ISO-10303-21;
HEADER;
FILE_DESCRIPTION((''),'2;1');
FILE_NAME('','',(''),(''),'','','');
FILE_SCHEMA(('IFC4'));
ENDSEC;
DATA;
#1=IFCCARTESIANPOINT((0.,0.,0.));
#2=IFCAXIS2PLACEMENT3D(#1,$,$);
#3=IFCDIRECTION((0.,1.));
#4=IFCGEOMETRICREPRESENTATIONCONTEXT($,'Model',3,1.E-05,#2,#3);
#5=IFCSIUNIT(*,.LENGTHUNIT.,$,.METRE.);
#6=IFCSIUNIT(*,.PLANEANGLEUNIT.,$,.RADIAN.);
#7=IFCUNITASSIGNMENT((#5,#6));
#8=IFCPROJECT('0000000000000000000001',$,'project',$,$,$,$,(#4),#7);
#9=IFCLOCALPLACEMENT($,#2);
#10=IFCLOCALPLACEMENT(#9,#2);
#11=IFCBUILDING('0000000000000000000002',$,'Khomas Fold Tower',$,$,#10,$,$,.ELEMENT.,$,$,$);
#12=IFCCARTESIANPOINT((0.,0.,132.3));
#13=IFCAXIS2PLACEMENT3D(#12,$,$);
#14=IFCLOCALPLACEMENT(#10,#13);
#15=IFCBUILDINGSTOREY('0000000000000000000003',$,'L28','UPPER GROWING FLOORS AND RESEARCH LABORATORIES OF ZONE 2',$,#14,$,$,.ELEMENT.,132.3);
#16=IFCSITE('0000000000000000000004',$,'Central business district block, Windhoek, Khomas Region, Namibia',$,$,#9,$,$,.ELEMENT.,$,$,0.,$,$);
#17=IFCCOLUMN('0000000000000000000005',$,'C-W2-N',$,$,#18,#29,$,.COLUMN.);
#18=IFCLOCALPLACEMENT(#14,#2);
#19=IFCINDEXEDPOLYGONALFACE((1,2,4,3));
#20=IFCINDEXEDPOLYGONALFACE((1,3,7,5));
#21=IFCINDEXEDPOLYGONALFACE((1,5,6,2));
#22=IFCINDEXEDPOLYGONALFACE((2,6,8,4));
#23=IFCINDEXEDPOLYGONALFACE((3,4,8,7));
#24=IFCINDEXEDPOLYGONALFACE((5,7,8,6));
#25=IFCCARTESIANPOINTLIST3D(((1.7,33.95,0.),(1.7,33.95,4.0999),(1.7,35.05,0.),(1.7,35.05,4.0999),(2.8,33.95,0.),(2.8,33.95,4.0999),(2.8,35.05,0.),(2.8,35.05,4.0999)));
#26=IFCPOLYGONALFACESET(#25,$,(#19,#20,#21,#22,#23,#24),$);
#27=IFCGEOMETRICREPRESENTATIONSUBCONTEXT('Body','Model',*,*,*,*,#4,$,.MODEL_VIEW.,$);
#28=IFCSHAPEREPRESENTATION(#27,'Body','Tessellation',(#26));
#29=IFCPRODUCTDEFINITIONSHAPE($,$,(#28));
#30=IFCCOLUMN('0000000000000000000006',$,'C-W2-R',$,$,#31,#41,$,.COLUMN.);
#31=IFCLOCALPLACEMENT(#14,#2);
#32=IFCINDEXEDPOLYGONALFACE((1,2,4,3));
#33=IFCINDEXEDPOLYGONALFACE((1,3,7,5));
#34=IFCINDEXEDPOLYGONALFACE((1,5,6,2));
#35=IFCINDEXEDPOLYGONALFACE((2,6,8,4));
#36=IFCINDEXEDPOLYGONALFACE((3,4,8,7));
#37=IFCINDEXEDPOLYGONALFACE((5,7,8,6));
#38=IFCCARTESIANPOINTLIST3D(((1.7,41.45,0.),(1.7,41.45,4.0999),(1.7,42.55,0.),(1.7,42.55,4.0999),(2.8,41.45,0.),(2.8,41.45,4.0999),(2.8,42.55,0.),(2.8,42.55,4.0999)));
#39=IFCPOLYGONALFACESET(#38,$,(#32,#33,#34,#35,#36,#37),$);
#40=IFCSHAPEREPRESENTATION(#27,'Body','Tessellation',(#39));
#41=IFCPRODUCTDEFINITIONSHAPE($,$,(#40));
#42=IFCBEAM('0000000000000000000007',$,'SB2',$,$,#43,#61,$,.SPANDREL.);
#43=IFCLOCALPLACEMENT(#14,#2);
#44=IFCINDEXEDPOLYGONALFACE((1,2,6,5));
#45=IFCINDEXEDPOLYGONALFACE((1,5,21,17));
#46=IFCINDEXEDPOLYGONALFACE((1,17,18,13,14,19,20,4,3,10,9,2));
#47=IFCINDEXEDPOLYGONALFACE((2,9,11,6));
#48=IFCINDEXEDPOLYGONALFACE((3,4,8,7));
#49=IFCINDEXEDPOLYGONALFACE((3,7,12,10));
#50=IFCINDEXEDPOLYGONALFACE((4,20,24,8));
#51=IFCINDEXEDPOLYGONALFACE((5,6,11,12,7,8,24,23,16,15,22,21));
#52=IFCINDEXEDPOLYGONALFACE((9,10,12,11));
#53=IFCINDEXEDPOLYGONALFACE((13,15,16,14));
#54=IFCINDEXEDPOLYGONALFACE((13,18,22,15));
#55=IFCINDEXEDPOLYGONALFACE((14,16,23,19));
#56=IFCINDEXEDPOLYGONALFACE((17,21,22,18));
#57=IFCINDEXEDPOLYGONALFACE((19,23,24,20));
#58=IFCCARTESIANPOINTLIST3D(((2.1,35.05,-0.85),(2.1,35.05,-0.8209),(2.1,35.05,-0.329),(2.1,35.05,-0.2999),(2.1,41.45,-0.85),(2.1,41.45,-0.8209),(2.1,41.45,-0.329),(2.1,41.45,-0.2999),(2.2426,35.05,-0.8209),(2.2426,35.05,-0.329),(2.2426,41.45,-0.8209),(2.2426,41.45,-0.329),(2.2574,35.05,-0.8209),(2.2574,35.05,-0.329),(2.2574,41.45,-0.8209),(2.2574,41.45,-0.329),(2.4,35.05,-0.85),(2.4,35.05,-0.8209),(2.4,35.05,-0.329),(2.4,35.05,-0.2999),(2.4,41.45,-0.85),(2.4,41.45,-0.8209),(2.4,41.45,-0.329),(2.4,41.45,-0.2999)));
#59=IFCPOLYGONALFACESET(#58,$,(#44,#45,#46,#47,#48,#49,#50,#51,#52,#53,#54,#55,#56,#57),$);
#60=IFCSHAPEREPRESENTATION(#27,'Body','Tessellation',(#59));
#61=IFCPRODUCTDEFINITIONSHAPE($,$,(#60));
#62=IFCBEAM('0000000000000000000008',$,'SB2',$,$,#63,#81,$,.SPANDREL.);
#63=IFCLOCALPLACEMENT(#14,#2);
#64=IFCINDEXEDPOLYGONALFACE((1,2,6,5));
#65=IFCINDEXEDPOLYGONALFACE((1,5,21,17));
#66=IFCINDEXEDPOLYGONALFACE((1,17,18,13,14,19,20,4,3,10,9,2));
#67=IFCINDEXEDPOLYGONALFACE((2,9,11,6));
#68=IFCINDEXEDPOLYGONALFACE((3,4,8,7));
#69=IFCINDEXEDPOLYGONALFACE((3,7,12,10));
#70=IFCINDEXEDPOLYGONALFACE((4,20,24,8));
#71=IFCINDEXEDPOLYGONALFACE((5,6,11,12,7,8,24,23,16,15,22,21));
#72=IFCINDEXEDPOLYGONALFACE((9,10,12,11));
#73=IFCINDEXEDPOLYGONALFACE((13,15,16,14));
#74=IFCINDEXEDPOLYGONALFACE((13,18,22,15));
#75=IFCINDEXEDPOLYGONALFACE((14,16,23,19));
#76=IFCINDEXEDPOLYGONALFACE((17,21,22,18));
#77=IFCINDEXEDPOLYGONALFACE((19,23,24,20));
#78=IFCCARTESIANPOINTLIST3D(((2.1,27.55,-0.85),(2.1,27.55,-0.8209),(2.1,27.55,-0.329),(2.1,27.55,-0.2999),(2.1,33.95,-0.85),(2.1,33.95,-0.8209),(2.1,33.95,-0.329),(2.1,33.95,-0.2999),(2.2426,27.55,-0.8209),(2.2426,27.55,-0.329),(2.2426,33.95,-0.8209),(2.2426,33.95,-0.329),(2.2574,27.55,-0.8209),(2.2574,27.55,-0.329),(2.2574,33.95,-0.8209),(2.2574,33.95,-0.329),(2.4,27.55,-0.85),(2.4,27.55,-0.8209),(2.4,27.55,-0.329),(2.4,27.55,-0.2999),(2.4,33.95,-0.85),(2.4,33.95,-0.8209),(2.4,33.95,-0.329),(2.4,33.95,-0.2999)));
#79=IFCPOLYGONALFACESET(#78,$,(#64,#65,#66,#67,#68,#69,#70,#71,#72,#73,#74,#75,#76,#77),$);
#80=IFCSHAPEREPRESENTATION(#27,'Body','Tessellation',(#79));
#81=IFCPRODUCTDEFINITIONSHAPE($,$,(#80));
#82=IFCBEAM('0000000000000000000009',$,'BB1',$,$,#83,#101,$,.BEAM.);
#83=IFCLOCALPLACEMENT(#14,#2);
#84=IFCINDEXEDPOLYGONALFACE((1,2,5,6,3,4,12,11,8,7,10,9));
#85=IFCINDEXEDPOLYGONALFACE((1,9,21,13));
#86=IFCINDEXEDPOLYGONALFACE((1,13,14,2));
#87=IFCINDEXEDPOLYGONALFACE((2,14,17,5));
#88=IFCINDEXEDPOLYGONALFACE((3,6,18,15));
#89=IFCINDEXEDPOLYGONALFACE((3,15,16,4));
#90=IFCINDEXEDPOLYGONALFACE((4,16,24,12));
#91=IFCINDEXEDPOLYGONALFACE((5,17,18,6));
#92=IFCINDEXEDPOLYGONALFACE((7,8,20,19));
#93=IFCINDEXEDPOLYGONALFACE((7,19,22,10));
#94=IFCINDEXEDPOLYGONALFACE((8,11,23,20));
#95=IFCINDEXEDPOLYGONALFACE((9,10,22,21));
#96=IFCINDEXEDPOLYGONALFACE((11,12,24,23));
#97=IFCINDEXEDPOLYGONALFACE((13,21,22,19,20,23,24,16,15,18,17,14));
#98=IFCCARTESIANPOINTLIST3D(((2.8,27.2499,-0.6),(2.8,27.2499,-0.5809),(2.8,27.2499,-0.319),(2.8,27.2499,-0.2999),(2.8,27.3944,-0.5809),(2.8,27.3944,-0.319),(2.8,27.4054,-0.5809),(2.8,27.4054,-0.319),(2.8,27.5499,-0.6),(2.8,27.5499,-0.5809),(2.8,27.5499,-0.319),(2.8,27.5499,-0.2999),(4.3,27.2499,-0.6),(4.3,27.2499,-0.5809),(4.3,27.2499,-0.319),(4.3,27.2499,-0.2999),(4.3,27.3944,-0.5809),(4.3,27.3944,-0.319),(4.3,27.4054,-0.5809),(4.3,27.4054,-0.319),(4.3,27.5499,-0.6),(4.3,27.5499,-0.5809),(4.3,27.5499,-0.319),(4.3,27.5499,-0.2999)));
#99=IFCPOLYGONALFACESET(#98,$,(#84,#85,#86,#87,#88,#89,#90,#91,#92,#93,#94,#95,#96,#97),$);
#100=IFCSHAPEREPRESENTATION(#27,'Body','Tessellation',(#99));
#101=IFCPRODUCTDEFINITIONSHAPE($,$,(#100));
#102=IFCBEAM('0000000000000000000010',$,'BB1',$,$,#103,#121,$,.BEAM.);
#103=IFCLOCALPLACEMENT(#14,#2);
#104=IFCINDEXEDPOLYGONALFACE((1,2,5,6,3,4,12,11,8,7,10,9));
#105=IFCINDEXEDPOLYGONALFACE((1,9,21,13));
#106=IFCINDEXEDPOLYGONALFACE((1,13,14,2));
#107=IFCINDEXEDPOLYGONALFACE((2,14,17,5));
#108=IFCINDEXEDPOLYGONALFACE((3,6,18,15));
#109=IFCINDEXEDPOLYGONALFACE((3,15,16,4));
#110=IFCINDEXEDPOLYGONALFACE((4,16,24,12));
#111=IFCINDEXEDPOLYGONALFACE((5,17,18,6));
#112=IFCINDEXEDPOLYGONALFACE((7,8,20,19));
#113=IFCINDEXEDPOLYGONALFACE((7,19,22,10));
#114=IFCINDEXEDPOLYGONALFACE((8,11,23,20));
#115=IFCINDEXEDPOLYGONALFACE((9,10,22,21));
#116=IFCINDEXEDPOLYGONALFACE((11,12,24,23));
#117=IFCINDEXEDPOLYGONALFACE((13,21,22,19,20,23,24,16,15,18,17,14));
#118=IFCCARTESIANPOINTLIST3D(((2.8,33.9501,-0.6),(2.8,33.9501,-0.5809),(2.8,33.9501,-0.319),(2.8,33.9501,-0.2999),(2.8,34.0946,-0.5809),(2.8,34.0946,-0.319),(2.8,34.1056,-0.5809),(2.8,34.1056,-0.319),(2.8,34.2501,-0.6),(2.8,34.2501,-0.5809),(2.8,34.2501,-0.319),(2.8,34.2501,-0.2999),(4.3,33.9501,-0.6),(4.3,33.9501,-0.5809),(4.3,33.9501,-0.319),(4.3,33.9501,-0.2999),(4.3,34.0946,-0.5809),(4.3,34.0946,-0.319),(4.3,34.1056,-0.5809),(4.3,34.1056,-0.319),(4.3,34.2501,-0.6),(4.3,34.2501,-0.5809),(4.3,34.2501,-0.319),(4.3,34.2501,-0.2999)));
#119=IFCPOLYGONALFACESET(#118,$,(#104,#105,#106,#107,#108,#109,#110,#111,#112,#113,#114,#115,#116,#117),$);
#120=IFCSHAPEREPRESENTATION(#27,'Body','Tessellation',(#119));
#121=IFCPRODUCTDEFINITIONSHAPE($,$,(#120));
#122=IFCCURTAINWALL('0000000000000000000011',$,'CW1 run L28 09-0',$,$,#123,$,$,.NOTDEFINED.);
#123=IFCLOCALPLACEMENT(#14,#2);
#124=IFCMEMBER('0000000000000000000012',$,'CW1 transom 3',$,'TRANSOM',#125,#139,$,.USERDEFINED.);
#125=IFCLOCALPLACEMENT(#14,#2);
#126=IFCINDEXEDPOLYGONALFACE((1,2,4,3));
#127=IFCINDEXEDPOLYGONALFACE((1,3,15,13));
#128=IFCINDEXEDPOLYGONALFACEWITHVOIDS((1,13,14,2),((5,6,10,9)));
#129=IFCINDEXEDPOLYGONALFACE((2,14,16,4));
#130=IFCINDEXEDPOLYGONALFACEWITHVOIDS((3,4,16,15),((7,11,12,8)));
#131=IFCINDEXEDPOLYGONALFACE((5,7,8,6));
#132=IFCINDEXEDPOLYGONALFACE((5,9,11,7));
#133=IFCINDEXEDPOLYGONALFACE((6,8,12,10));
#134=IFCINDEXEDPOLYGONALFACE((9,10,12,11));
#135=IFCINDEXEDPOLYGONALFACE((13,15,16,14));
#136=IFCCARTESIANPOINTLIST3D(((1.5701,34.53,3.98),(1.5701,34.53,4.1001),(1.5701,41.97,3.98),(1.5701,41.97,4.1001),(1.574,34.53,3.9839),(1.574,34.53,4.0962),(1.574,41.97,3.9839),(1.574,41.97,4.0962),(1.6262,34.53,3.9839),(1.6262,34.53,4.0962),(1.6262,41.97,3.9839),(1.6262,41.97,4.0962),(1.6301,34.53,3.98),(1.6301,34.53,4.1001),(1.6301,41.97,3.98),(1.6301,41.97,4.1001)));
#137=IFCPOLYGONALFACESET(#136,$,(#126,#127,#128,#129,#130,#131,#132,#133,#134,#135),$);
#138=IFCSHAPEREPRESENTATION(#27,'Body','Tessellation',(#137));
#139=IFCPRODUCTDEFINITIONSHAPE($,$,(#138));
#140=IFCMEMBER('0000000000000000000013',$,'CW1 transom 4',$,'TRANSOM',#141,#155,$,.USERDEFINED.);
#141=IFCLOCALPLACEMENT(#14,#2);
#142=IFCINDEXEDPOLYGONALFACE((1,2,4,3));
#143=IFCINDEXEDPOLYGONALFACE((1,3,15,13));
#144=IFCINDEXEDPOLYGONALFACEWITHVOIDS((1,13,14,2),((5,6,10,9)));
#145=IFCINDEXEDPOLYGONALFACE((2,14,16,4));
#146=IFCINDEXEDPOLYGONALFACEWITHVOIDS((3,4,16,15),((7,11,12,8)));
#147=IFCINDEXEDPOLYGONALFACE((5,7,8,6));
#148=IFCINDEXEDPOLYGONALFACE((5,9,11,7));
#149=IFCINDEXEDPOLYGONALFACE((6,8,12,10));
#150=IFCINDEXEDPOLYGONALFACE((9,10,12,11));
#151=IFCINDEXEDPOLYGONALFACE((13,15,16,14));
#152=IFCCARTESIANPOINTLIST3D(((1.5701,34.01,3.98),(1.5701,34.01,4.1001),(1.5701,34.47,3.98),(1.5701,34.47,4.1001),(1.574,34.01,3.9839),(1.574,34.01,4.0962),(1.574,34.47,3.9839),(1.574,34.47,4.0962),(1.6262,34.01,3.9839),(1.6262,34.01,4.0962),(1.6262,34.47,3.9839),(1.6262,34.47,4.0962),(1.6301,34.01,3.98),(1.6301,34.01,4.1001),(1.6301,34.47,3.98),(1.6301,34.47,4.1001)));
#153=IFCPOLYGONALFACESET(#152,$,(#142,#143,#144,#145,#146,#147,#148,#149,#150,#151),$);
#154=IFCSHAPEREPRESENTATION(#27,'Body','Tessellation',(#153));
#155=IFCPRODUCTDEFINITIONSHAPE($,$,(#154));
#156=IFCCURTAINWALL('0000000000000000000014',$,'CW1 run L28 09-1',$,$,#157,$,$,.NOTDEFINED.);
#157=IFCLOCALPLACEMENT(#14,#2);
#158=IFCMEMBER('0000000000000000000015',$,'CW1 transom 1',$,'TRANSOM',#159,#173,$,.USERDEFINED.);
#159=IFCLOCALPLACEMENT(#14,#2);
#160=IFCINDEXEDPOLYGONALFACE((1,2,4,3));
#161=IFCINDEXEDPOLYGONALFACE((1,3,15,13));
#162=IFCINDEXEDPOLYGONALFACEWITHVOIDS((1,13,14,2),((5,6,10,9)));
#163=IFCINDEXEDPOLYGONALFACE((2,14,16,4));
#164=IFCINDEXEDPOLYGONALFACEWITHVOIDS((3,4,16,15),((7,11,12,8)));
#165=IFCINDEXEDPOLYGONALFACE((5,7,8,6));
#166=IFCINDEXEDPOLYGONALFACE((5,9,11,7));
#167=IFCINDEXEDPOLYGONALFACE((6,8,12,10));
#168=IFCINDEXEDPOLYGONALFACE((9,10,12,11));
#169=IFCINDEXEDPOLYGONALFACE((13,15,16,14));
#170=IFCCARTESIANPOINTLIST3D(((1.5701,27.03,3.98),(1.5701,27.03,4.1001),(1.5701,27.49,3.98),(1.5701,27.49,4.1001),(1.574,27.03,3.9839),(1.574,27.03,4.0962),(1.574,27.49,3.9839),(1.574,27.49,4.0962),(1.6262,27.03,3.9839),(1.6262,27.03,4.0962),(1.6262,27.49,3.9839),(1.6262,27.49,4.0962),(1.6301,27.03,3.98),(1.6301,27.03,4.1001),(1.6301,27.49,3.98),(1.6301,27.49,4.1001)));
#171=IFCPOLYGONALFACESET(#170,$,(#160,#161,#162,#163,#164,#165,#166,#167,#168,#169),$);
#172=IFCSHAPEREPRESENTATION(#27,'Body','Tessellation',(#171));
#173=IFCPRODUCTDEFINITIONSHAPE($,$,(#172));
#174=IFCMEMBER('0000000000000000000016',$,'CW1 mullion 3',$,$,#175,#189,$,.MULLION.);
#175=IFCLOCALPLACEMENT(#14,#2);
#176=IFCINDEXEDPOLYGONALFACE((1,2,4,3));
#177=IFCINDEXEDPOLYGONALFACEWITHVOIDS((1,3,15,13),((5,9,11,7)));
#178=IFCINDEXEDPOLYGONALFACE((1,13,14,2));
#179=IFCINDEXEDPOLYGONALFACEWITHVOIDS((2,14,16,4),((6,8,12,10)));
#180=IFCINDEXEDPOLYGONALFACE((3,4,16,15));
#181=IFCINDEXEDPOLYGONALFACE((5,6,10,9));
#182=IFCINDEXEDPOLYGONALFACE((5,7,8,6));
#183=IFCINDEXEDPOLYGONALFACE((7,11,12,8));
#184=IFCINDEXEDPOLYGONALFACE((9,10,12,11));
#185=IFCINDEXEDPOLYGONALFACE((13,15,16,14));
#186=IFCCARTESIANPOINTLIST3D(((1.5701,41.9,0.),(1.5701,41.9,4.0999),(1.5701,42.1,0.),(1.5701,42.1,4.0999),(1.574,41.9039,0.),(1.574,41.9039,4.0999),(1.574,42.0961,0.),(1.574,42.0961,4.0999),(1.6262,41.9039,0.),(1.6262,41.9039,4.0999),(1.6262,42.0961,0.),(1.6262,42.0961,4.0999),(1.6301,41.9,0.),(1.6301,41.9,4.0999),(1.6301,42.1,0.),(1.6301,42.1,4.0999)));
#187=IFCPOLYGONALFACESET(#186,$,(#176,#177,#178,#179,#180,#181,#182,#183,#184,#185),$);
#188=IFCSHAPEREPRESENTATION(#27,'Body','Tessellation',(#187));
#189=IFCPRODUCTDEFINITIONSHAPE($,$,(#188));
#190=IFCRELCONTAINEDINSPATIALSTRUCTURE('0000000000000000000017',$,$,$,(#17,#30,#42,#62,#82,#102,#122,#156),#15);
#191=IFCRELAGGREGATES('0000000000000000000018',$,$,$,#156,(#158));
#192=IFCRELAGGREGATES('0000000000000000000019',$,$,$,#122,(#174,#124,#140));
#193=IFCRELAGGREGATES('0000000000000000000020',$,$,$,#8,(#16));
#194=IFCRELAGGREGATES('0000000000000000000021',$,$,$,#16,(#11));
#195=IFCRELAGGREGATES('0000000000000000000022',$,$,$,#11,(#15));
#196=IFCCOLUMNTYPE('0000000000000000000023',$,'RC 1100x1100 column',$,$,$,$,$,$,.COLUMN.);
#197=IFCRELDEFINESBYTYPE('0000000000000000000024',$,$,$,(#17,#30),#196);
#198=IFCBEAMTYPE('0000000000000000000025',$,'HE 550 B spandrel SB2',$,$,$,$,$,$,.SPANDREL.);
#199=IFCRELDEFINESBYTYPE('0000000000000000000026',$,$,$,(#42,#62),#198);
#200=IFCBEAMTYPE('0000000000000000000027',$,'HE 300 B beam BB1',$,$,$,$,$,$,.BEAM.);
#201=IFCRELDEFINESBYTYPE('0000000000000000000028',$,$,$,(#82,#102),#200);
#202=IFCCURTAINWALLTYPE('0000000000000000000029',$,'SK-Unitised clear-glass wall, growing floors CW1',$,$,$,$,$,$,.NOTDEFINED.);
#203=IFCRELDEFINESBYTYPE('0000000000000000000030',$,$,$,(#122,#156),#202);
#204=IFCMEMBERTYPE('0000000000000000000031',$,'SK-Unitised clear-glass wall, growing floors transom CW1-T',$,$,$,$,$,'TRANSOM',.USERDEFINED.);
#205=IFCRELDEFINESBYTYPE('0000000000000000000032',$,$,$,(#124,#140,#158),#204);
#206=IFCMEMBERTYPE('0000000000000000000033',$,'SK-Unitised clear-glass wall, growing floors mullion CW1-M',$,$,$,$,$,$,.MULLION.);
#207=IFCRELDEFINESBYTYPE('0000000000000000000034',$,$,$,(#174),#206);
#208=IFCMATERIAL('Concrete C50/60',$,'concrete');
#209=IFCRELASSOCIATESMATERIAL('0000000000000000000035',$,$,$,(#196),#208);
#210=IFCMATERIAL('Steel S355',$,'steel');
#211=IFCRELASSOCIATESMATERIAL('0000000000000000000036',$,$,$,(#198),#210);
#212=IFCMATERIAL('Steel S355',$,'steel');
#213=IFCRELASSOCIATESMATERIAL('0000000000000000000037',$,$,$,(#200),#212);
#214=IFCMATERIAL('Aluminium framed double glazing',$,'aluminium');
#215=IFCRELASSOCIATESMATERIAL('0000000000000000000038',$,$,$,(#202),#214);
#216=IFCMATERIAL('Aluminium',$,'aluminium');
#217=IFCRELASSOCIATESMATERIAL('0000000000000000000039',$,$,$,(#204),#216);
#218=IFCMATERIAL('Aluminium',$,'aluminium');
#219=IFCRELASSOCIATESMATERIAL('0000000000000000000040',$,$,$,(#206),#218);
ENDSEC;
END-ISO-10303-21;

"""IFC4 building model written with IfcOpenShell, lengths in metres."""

from ifc_helpers import new_model, si_unit, direction, frame, origin, origin_2d, place, context, subcontext, project, spatial, rectangle, hollow_rectangle, i_section, extrude, source, transform, mapped, material, material_profile, profile_set, type_object, element, aggregate, save


model = new_model("IFC4")

# Units and contexts
model_context = context("Model", 3, precision=1e-05, world=origin(), true_north=direction((0.0, 1.0)))
body_context = subcontext(model_context, "Body", "Model", "MODEL_VIEW")
ifc_project = project(units=[si_unit("LENGTHUNIT", "METRE"), si_unit("PLANEANGLEUNIT", "RADIAN")], contexts=[model_context])

# Site, building, storey
site_placement = place(None, origin())
site = spatial("IfcSite", under=ifc_project, at=site_placement, Name="Central business district block, Windhoek, Khomas Region, Namibia", CompositionType="ELEMENT", RefElevation=0.0)
building_placement = place(site_placement, origin())
building = spatial("IfcBuilding", under=site, at=building_placement, Name="Khomas Fold Tower", CompositionType="ELEMENT")
storey_placement = place(building_placement, frame((0.0, 0.0, 132.3)))
storey = spatial("IfcBuildingStorey", under=building, at=storey_placement, Name="L28", Description="UPPER GROWING FLOORS AND RESEARCH LABORATORIES OF ZONE 2", CompositionType="ELEMENT", Elevation=132.3)

# Columns
ifc_material_1 = material(Name="Concrete C50/60", Category="concrete")
ifc_material_profile_1 = material_profile(ifc_material_1, rectangle(XDim=1.1001, YDim=1.1001, at=origin_2d()), Name="RC 1100x1100")
ifc_profile_set_1 = profile_set([ifc_material_profile_1], Name="Concrete C50/60")
column_type = type_object("IfcColumnType", Name="RC 1100x1100 column", PredefinedType="COLUMN", material=ifc_profile_set_1)
shared_shape_1 = source(origin(), body_context, "Body", "SweptSolid", [
    extrude(rectangle(XDim=1.1001, YDim=1.1001, at=origin_2d()), origin(), (0.0, 0.0, 1.0), 4.0999),
])
for number, where, z_axis, x_axis, name in (
    (1, (2.25, 34.5, 0.0), (0.0, 0.0, 1.0), (1.0, 0.0, 0.0), "C-W2-N"),
    (2, (2.25, 42.0, 0.0), (0.0, 0.0, 1.0), (1.0, 0.0, 0.0), "C-W2-R"),
):
    element("IfcColumn", number, at=place(storey_placement, frame(where, z_axis=z_axis, x_axis=x_axis)), inside=storey, type_object=column_type, Name=name, PredefinedType="COLUMN", context=body_context, shape_type="MappedRepresentation", body=[
        mapped(shared_shape_1, transform((0.0, 0.0, 0.0))),
    ])

# Beams
ifc_material_2 = material(Name="Steel S355", Category="steel")
ifc_material_profile_2 = material_profile(ifc_material_2, i_section(OverallWidth=0.3, OverallDepth=0.55, WebThickness=0.0149, FlangeThickness=0.0291, at=origin_2d()), Name="HE 550 B")
ifc_profile_set_2 = profile_set([ifc_material_profile_2], Name="Steel S355")
beam_type_1 = type_object("IfcBeamType", Name="HE 550 B spandrel SB2", PredefinedType="SPANDREL", material=ifc_profile_set_2)
shared_shape_2 = source(origin(), body_context, "Body", "SweptSolid", [
    extrude(i_section(OverallWidth=0.3, OverallDepth=0.55, WebThickness=0.0149, FlangeThickness=0.0291, at=origin_2d()), origin(), (0.0, 0.0, 1.0), 6.3999),
])
for number, where, z_axis, x_axis, name in (
    (3, (2.25, 35.05, -0.575), (0.0, 1.0, 0.0), (-1.0, 0.0, 0.0), "SB2"),
    (4, (2.25, 27.55, -0.575), (0.0, 1.0, 0.0), (-1.0, 0.0, 0.0), "SB2"),
):
    element("IfcBeam", number, at=place(storey_placement, frame(where, z_axis=z_axis, x_axis=x_axis)), inside=storey, type_object=beam_type_1, Name=name, PredefinedType="SPANDREL", context=body_context, shape_type="MappedRepresentation", body=[
        mapped(shared_shape_2, transform((0.0, 0.0, 0.0))),
    ])
ifc_material_3 = material(Name="Steel S355", Category="steel")
ifc_material_profile_3 = material_profile(ifc_material_3, i_section(OverallWidth=0.3, OverallDepth=0.3, WebThickness=0.011, FlangeThickness=0.019, at=origin_2d()), Name="HE 300 B")
ifc_profile_set_3 = profile_set([ifc_material_profile_3], Name="Steel S355")
beam_type_2 = type_object("IfcBeamType", Name="HE 300 B beam BB1", PredefinedType="BEAM", material=ifc_profile_set_3)
shared_shape_3 = source(origin(), body_context, "Body", "SweptSolid", [
    extrude(i_section(OverallWidth=0.3, OverallDepth=0.3, WebThickness=0.011, FlangeThickness=0.019, at=origin_2d()), origin(), (0.0, 0.0, 1.0), 1.5),
])
for number, where, z_axis, x_axis, name in (
    (5, (2.8, 27.3999, -0.45), (1.0, 0.0, 0.0), (0.0, 1.0, 0.0), "BB1"),
    (6, (2.8, 34.1001, -0.45), (1.0, 0.0, 0.0), (0.0, 1.0, 0.0), "BB1"),
):
    element("IfcBeam", number, at=place(storey_placement, frame(where, z_axis=z_axis, x_axis=x_axis)), inside=storey, type_object=beam_type_2, Name=name, PredefinedType="BEAM", context=body_context, shape_type="MappedRepresentation", body=[
        mapped(shared_shape_3, transform((0.0, 0.0, 0.0))),
    ])

# Curtain wall, members
ifc_material_4 = material(Name="Aluminium framed double glazing", Category="aluminium")
curtain_wall_type = type_object("IfcCurtainWallType", Name="SK-Unitised clear-glass wall, growing floors CW1", PredefinedType="NOTDEFINED", material=ifc_material_4)
curtain_wall_1_placement = place(storey_placement, origin())
curtain_wall_1 = element("IfcCurtainWall", 7, at=curtain_wall_1_placement, inside=storey, type_object=curtain_wall_type, Name="CW1 run L28 09-0", PredefinedType="NOTDEFINED")
ifc_material_5 = material(Name="Aluminium", Category="aluminium")
ifc_material_profile_4 = material_profile(ifc_material_5, hollow_rectangle(XDim=0.0601, YDim=0.1201, WallThickness=0.0039, at=origin_2d()), Name="SK-Unitised clear-glass wall, growing floors transom CW1-T")
ifc_profile_set_4 = profile_set([ifc_material_profile_4], Name="Aluminium")
member_type_1 = type_object("IfcMemberType", Name="SK-Unitised clear-glass wall, growing floors transom CW1-T", ElementType="TRANSOM", PredefinedType="USERDEFINED", material=ifc_profile_set_4)
shared_shape_4 = source(origin(), body_context, "Body", "SweptSolid", [
    extrude(hollow_rectangle(XDim=0.0601, YDim=0.1201, WallThickness=0.0039, at=origin_2d()), origin(), (0.0, 0.0, 1.0), 7.4399),
])
member_1_placement = place(storey_placement, frame((1.6001, 41.97, 4.04), z_axis=(0.0, -1.0, 0.0), x_axis=(1.0, 0.0, 0.0)))
member_1 = element("IfcMember", 8, at=member_1_placement, type_object=member_type_1, Name="CW1 transom 3", ObjectType="TRANSOM", PredefinedType="USERDEFINED", context=body_context, shape_type="MappedRepresentation", body=[
    mapped(shared_shape_4, transform((0.0, 0.0, 0.0))),
])
shared_shape_5 = source(origin(), body_context, "Body", "SweptSolid", [
    extrude(hollow_rectangle(XDim=0.0601, YDim=0.1201, WallThickness=0.0039, at=origin_2d()), origin(), (0.0, 0.0, 1.0), 0.46),
])
member_2_placement = place(storey_placement, frame((1.6001, 34.47, 4.04), z_axis=(0.0, -1.0, 0.0), x_axis=(1.0, 0.0, 0.0)))
member_2 = element("IfcMember", 9, at=member_2_placement, type_object=member_type_1, Name="CW1 transom 4", ObjectType="TRANSOM", PredefinedType="USERDEFINED", context=body_context, shape_type="MappedRepresentation", body=[
    mapped(shared_shape_5, transform((0.0, 0.0, 0.0))),
])

# Curtain wall, member
curtain_wall_2_placement = place(storey_placement, origin())
curtain_wall_2 = element("IfcCurtainWall", 10, at=curtain_wall_2_placement, inside=storey, type_object=curtain_wall_type, Name="CW1 run L28 09-1", PredefinedType="NOTDEFINED")
member_3_placement = place(storey_placement, frame((1.6001, 27.49, 4.04), z_axis=(0.0, -1.0, 0.0), x_axis=(1.0, 0.0, 0.0)))
member_3 = element("IfcMember", 11, at=member_3_placement, type_object=member_type_1, Name="CW1 transom 1", ObjectType="TRANSOM", PredefinedType="USERDEFINED", context=body_context, shape_type="MappedRepresentation", body=[
    mapped(shared_shape_5, transform((0.0, 0.0, 0.0))),
])

# Member
ifc_material_6 = material(Name="Aluminium", Category="aluminium")
ifc_material_profile_5 = material_profile(ifc_material_6, hollow_rectangle(XDim=0.0601, YDim=0.2, WallThickness=0.0039, at=origin_2d()), Name="SK-Unitised clear-glass wall, growing floors mullion CW1-M")
ifc_profile_set_5 = profile_set([ifc_material_profile_5], Name="Aluminium")
member_type_2 = type_object("IfcMemberType", Name="SK-Unitised clear-glass wall, growing floors mullion CW1-M", PredefinedType="MULLION", material=ifc_profile_set_5)
shared_shape_6 = source(origin(), body_context, "Body", "SweptSolid", [
    extrude(hollow_rectangle(XDim=0.0601, YDim=0.2, WallThickness=0.0039, at=origin_2d()), origin(), (0.0, 0.0, 1.0), 4.0999),
])
member_4_placement = place(storey_placement, frame((1.6001, 42.0, 0.0), z_axis=(0.0, 0.0, 1.0), x_axis=(1.0, 0.0, 0.0)))
member_4 = element("IfcMember", 12, at=member_4_placement, type_object=member_type_2, Name="CW1 mullion 3", PredefinedType="MULLION", context=body_context, shape_type="MappedRepresentation", body=[
    mapped(shared_shape_6, transform((0.0, 0.0, 0.0))),
])
aggregate(curtain_wall_2, [member_3])

aggregate(curtain_wall_1, [member_4, member_1, member_2])

save(model, "model.ifc")
